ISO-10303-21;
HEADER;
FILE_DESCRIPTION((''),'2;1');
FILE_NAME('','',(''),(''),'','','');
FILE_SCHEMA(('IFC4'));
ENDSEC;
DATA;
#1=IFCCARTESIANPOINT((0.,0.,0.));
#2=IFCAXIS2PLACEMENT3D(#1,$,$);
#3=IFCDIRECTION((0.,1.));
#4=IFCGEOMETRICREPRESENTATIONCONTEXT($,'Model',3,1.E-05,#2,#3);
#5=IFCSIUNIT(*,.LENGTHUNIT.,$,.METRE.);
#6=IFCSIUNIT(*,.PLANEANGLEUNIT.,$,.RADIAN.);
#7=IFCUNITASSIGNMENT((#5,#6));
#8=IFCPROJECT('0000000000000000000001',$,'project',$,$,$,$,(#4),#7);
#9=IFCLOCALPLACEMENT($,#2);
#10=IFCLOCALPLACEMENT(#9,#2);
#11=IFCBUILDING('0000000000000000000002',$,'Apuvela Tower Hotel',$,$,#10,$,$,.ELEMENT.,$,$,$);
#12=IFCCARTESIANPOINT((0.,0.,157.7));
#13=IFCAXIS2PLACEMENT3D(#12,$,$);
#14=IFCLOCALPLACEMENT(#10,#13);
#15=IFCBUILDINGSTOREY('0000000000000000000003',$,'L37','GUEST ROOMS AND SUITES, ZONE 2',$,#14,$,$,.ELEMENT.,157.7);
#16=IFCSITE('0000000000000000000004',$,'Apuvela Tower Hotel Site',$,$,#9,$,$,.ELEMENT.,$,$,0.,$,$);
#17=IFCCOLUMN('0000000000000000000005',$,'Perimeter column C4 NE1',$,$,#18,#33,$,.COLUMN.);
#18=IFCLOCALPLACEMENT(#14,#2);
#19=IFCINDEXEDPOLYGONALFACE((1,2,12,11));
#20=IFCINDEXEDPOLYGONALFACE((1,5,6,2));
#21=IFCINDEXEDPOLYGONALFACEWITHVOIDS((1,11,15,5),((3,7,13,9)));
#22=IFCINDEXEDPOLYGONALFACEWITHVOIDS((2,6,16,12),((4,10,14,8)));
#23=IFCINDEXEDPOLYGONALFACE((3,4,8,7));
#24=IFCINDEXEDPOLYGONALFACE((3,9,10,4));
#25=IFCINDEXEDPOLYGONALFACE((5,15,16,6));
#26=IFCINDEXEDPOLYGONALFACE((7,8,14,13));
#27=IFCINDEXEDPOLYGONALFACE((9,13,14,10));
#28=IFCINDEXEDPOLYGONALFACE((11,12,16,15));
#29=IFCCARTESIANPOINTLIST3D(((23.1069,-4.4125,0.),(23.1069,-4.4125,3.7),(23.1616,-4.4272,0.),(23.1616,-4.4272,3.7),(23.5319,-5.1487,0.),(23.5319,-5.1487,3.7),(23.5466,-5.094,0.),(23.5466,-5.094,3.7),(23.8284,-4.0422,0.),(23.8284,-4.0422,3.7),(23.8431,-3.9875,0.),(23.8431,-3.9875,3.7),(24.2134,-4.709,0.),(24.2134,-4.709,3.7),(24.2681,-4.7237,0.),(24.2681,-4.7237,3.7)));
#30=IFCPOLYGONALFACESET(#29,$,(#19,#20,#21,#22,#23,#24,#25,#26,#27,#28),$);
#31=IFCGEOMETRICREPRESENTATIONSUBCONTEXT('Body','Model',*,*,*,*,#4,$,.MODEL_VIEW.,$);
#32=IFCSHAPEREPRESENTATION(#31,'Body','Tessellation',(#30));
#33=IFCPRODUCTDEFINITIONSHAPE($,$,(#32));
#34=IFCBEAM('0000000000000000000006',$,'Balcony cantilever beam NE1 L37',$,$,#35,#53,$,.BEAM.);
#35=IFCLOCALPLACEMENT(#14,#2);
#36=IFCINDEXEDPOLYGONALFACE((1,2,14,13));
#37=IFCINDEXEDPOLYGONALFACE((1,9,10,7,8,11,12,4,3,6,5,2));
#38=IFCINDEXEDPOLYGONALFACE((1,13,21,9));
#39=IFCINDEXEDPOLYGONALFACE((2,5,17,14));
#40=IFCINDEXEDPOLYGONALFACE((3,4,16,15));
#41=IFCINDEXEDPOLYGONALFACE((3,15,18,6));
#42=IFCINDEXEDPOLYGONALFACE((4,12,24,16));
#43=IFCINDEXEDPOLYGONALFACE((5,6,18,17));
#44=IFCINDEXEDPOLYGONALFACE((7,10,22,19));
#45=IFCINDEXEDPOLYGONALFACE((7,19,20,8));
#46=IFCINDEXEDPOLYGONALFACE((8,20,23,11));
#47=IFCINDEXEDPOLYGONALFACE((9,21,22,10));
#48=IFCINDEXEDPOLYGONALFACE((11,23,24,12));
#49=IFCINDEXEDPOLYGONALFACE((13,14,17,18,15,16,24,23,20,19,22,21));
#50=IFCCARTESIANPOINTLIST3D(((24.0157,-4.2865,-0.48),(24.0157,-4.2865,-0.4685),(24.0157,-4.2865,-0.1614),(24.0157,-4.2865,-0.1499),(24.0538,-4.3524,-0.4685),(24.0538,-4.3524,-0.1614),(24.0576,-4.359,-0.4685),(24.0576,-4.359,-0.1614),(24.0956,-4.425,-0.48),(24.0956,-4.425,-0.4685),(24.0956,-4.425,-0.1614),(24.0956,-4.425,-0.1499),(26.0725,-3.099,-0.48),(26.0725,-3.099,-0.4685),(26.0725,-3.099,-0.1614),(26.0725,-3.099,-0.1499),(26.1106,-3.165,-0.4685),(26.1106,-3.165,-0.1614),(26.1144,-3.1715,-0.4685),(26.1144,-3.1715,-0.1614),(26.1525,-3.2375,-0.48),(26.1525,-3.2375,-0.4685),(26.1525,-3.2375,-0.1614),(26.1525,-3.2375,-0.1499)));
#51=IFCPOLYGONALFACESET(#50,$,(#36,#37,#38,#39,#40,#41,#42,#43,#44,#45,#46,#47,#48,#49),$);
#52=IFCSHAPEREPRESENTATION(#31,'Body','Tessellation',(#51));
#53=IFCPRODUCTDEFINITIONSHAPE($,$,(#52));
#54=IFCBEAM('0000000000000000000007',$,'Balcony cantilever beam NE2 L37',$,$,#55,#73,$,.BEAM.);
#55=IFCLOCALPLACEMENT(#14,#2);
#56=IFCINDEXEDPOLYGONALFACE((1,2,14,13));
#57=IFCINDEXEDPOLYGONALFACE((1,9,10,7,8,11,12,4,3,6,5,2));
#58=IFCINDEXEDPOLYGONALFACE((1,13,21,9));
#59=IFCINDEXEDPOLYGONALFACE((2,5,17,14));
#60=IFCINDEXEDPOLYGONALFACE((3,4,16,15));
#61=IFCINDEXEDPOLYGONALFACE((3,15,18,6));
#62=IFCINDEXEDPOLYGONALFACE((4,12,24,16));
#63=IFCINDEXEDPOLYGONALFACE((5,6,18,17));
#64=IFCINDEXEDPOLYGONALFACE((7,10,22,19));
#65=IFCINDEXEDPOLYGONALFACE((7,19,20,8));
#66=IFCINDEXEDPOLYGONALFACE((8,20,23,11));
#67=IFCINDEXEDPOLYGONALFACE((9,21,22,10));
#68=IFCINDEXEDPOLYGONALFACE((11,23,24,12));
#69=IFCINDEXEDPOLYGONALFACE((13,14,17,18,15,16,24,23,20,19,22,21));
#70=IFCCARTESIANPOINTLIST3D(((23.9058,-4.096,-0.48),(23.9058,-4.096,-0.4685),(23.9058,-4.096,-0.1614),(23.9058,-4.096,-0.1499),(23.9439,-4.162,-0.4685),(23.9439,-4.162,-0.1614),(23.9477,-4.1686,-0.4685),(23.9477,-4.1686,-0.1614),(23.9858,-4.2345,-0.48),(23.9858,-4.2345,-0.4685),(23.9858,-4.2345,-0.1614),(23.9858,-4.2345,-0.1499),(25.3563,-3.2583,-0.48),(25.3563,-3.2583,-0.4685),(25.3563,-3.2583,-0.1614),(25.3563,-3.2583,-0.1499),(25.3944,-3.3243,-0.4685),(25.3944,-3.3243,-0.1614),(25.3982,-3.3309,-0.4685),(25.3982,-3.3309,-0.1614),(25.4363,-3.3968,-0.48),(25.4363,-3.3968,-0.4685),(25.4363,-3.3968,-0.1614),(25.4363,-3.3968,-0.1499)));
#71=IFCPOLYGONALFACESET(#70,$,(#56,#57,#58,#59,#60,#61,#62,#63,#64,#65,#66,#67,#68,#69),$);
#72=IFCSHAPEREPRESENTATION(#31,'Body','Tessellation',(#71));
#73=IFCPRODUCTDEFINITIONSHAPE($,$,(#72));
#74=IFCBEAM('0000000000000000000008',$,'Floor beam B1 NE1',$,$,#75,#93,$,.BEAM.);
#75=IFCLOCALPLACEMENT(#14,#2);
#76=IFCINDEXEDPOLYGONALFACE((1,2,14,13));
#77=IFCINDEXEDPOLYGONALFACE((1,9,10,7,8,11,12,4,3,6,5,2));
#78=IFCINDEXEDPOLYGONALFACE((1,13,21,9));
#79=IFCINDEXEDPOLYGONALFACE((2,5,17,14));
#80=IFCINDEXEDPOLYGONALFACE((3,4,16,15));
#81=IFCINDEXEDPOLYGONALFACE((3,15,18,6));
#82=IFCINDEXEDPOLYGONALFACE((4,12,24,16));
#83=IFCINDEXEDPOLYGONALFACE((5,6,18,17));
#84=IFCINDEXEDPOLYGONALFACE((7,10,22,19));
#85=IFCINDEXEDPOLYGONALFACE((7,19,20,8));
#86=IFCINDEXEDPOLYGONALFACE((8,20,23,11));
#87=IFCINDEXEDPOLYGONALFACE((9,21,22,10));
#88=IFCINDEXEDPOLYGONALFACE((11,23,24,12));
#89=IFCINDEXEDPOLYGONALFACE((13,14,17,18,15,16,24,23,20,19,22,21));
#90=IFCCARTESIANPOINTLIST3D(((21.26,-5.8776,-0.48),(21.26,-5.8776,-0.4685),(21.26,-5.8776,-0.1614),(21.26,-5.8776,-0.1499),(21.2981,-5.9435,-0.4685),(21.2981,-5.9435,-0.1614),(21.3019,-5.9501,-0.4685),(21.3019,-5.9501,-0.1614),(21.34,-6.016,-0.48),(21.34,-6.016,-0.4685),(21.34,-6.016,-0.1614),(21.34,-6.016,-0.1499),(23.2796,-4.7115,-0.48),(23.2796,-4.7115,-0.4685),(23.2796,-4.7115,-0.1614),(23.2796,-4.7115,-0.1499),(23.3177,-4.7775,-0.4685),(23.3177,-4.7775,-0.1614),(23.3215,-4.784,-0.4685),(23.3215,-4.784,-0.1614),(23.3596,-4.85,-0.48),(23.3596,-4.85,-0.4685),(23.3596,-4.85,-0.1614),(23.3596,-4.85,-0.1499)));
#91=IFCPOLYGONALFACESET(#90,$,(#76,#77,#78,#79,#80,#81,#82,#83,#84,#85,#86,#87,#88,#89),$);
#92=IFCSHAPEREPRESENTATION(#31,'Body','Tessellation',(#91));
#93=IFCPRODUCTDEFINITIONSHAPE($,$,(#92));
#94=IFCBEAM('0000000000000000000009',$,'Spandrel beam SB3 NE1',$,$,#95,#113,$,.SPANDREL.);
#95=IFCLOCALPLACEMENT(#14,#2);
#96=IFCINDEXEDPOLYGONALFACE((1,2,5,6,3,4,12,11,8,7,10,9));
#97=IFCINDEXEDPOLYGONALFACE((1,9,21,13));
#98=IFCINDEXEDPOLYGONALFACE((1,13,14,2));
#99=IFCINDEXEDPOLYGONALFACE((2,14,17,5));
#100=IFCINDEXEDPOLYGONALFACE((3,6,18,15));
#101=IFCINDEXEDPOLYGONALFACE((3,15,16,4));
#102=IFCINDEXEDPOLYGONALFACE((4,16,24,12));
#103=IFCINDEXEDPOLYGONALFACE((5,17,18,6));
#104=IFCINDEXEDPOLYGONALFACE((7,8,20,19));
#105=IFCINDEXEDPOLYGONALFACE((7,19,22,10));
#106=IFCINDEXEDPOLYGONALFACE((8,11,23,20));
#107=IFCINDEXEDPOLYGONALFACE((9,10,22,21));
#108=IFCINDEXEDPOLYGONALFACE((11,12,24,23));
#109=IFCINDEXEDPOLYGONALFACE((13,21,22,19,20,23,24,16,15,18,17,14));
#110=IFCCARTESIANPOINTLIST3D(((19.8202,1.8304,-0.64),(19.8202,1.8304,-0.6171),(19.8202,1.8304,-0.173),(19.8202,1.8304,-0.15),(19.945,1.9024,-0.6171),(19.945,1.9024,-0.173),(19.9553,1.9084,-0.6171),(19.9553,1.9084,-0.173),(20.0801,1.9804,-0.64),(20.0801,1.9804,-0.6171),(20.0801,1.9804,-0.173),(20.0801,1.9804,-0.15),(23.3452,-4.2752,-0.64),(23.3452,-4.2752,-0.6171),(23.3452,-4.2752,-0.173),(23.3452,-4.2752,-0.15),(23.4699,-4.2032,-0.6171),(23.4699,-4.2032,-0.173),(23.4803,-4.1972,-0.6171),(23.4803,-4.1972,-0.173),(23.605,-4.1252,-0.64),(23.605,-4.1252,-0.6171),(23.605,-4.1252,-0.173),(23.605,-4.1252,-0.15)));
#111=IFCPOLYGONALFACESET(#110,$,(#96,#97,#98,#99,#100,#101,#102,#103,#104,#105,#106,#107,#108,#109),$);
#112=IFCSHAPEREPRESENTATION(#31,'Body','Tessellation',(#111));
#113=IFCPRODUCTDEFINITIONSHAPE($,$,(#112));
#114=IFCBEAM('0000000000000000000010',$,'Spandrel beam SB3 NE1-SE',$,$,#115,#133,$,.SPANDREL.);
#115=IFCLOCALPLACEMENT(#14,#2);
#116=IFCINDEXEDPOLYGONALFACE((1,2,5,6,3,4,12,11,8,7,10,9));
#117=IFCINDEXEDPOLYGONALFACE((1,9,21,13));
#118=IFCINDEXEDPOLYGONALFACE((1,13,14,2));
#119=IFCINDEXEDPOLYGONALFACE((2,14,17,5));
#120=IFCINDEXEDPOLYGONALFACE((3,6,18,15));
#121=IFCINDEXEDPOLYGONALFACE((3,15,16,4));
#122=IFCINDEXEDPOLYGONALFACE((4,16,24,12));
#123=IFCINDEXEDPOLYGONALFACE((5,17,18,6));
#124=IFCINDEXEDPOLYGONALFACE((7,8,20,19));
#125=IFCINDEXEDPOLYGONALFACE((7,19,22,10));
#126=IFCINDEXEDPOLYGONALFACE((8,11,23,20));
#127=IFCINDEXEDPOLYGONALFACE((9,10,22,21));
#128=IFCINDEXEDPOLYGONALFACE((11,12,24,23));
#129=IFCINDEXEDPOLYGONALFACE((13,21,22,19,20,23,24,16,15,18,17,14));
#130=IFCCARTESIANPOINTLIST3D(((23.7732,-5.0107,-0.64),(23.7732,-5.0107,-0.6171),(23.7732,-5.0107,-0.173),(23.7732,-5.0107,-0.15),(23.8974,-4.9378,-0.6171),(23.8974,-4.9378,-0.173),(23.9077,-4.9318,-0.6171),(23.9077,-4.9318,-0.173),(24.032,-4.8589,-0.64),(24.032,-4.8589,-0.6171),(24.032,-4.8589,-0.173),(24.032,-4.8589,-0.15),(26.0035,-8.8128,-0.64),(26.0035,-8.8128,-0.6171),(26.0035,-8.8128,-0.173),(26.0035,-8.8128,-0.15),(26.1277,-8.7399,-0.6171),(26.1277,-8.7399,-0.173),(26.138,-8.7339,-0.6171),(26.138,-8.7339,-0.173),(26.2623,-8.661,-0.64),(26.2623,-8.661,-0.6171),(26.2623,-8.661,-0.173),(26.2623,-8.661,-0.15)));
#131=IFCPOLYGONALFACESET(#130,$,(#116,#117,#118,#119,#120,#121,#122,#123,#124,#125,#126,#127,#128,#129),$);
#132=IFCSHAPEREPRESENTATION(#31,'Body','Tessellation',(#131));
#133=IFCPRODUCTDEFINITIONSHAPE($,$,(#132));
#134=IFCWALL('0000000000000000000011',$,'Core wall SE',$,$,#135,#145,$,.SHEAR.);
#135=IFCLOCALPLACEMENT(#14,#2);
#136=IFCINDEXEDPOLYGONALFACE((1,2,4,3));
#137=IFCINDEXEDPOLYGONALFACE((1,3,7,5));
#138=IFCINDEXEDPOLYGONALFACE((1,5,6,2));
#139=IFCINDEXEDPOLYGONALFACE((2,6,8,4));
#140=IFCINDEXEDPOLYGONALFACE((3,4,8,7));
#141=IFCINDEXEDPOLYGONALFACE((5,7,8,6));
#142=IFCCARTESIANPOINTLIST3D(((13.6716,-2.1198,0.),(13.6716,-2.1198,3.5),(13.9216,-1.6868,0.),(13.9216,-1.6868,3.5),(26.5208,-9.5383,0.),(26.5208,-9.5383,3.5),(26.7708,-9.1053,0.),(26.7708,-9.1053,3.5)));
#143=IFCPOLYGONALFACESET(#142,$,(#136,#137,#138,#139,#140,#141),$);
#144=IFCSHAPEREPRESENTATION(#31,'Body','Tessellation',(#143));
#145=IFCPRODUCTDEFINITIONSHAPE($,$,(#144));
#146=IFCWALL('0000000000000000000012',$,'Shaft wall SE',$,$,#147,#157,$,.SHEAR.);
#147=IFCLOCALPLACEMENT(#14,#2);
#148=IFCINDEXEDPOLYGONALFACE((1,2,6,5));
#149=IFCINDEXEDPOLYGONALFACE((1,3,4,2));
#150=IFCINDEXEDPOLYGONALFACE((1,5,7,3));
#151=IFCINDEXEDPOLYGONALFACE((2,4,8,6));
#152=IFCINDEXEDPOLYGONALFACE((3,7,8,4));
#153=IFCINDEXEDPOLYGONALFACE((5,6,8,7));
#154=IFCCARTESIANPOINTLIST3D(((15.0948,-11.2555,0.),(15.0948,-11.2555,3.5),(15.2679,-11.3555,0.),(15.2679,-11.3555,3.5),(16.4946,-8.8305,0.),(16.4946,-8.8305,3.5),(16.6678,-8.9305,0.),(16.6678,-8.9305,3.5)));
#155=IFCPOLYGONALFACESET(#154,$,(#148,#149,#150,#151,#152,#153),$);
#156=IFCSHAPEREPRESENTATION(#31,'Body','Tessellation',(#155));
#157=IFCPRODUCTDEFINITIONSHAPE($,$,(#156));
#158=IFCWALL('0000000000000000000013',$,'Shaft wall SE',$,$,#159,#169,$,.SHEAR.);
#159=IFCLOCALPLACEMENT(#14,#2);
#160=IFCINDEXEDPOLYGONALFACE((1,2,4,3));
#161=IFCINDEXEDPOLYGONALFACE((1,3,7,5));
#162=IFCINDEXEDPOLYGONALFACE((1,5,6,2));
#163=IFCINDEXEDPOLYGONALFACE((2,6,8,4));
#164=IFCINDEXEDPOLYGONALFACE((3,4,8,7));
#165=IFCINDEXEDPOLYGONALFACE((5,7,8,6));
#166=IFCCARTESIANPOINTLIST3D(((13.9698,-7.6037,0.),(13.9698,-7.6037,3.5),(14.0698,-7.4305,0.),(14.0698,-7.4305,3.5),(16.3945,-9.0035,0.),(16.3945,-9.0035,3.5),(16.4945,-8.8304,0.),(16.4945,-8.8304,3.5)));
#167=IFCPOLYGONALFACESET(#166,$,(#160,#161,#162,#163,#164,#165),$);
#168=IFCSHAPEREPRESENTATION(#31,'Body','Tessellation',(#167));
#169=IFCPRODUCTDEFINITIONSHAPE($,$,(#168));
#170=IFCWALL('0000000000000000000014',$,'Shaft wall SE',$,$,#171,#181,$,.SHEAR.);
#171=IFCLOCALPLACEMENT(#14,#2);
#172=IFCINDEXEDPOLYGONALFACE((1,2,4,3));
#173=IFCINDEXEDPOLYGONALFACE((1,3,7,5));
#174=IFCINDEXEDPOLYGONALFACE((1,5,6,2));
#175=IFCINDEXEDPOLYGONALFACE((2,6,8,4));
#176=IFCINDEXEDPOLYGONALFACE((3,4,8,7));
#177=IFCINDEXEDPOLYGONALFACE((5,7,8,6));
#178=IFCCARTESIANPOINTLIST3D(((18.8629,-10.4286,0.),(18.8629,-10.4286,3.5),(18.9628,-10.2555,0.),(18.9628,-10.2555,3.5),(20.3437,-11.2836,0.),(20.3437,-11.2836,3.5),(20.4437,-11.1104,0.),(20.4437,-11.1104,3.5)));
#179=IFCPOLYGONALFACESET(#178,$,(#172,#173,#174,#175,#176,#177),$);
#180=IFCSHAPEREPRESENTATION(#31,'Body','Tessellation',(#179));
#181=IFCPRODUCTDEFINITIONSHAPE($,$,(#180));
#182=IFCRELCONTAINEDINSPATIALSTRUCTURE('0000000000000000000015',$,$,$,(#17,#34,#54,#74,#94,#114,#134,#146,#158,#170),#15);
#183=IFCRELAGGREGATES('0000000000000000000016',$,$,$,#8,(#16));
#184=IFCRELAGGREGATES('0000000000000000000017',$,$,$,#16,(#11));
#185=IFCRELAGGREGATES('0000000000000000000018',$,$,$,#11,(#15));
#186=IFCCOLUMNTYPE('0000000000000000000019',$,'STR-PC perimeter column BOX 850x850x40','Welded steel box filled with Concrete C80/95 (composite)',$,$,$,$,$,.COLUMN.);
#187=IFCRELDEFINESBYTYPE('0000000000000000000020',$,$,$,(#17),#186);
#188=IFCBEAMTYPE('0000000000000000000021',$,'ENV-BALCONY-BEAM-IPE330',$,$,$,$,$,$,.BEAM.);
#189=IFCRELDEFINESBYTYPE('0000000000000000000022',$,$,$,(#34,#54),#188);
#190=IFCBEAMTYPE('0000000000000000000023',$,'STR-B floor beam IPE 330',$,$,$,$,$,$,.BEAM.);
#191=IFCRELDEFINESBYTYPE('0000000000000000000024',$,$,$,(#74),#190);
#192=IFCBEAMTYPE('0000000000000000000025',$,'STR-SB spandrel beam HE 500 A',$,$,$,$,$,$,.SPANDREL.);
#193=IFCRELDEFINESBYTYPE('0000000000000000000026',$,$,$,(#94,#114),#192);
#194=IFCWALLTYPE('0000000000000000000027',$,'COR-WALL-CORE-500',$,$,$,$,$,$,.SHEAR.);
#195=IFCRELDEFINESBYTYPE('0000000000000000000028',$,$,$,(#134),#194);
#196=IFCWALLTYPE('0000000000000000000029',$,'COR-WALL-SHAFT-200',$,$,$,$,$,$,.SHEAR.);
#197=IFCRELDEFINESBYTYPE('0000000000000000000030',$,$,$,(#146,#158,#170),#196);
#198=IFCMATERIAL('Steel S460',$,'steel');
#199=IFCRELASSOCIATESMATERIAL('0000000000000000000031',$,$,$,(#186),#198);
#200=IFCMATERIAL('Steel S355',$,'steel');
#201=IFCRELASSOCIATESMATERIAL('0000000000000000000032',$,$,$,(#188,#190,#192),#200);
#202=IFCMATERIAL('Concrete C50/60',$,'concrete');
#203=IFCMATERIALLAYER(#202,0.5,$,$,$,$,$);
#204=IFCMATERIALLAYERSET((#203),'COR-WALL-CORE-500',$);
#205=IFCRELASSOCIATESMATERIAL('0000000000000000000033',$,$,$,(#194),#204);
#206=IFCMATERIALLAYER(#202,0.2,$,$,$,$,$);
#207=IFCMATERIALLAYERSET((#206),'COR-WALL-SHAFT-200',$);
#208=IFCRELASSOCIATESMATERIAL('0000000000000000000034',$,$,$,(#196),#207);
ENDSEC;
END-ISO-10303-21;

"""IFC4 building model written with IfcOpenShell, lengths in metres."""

from ifc_helpers import new_model, si_unit, direction, frame, frame_2d, origin, origin_2d, place, context, subcontext, project, spatial, rectangle, hollow_rectangle, i_section, extrude, material, layer, layer_set, material_profile, profile_set, type_object, element, save


model = new_model("IFC4")

# Units and contexts
model_context = context("Model", 3, precision=1e-05, world=origin(), true_north=direction((0.0, 1.0)))
body_context = subcontext(model_context, "Body", "Model", "MODEL_VIEW")
ifc_project = project(units=[si_unit("LENGTHUNIT", "METRE"), si_unit("PLANEANGLEUNIT", "RADIAN")], contexts=[model_context])

# Site, building, storey
site_placement = place(None, origin())
site = spatial("IfcSite", under=ifc_project, at=site_placement, Name="Apuvela Tower Hotel Site", CompositionType="ELEMENT", RefElevation=0.0)
building_placement = place(site_placement, origin())
building = spatial("IfcBuilding", under=site, at=building_placement, Name="Apuvela Tower Hotel", CompositionType="ELEMENT")
storey_placement = place(building_placement, frame((0.0, 0.0, 157.7)))
storey = spatial("IfcBuildingStorey", under=building, at=storey_placement, Name="L37", Description="GUEST ROOMS AND SUITES, ZONE 2", CompositionType="ELEMENT", Elevation=157.7)

# Column
ifc_material_1 = material(Name="Steel S460", Category="steel")
ifc_material_profile_1 = material_profile(ifc_material_1, hollow_rectangle(XDim=0.8501, YDim=0.8501, WallThickness=0.04, at=origin_2d()), Name="BOX 850x850x40")
ifc_material_2 = material(Name="Concrete C80/95", Category="concrete")
ifc_material_profile_2 = material_profile(ifc_material_2, rectangle(XDim=0.77, YDim=0.77, at=origin_2d()), Name="Concrete C80/95 infill")
ifc_profile_set_1 = profile_set([ifc_material_profile_1, ifc_material_profile_2], Name="Steel S460")
column_type = type_object("IfcColumnType", Name="STR-PC perimeter column BOX 850x850x40", Description="Welded steel box filled with Concrete C80/95 (composite)", PredefinedType="COLUMN", material=ifc_profile_set_1)
column_placement = place(storey_placement, frame((23.6875, -4.5681, 0.0), z_axis=(0.0, 0.0, 1.0), x_axis=(-0.5, 0.866025, 0.0)))
element("IfcColumn", 1, at=column_placement, inside=storey, type_object=column_type, Name="Perimeter column C4 NE1", PredefinedType="COLUMN", context=body_context, shape_type="SweptSolid", body=[
    extrude(hollow_rectangle(XDim=0.8501, YDim=0.8501, WallThickness=0.04, at=origin_2d()), origin(), (0.0, 0.0, 1.0), 3.7),
])

# Beams
ifc_material_3 = material(Name="Steel S355", Category="steel")
ifc_material_profile_3 = material_profile(ifc_material_3, i_section(OverallWidth=0.1599, OverallDepth=0.3301, WebThickness=0.0076, FlangeThickness=0.0115, at=origin_2d()), Name="IPE 330")
ifc_profile_set_2 = profile_set([ifc_material_profile_3], Name="Steel S355")
beam_type_1 = type_object("IfcBeamType", Name="ENV-BALCONY-BEAM-IPE330", PredefinedType="BEAM", material=ifc_profile_set_2)
beam_1_placement = place(storey_placement, frame((24.0557, -4.3557, -0.3149), z_axis=(0.866033, 0.499986, 0.0), x_axis=(-0.499986, 0.866033, 0.0)))
element("IfcBeam", 2, at=beam_1_placement, inside=storey, type_object=beam_type_1, Name="Balcony cantilever beam NE1 L37", PredefinedType="BEAM", context=body_context, shape_type="SweptSolid", body=[
    extrude(i_section(OverallWidth=0.1599, OverallDepth=0.3301, WebThickness=0.0076, FlangeThickness=0.0115, at=origin_2d()), origin(), (0.0, 0.0, 1.0), 2.375),
])
beam_2_placement = place(storey_placement, frame((23.9458, -4.1653, -0.3149), z_axis=(0.865965, 0.500105, 0.0), x_axis=(-0.500105, 0.865965, 0.0)))
element("IfcBeam", 3, at=beam_2_placement, inside=storey, type_object=beam_type_1, Name="Balcony cantilever beam NE2 L37", PredefinedType="BEAM", context=body_context, shape_type="SweptSolid", body=[
    extrude(i_section(OverallWidth=0.1599, OverallDepth=0.3301, WebThickness=0.0076, FlangeThickness=0.0115, at=origin_2d()), origin(), (0.0, 0.0, 1.0), 1.675),
])
ifc_material_profile_4 = material_profile(ifc_material_3, i_section(OverallWidth=0.1599, OverallDepth=0.3301, WebThickness=0.0076, FlangeThickness=0.0115, at=origin_2d()), Name="IPE 330")
ifc_profile_set_3 = profile_set([ifc_material_profile_4], Name="Steel S355")
beam_type_2 = type_object("IfcBeamType", Name="STR-B floor beam IPE 330", PredefinedType="BEAM", material=ifc_profile_set_3)
beam_3_placement = place(storey_placement, frame((23.3196, -4.7808, -0.3149), z_axis=(-0.866018, -0.500012, 0.0), x_axis=(0.500012, -0.866018, 0.0)))
element("IfcBeam", 4, at=beam_3_placement, inside=storey, type_object=beam_type_2, Name="Floor beam B1 NE1", PredefinedType="BEAM", context=body_context, shape_type="SweptSolid", body=[
    extrude(i_section(OverallWidth=0.1599, OverallDepth=0.3301, WebThickness=0.0076, FlangeThickness=0.0115, at=origin_2d()), origin(), (0.0, 0.0, 1.0), 2.332),
])
ifc_material_profile_5 = material_profile(ifc_material_3, i_section(OverallWidth=0.3, OverallDepth=0.49, WebThickness=0.012, FlangeThickness=0.0229, at=origin_2d()), Name="HE 500 A")
ifc_profile_set_4 = profile_set([ifc_material_profile_5], Name="Steel S355")
beam_type_3 = type_object("IfcBeamType", Name="STR-SB spandrel beam HE 500 A", PredefinedType="SPANDREL", material=ifc_profile_set_4)
beam_4_placement = place(storey_placement, frame((23.4751, -4.2002, -0.395), z_axis=(-0.49999, 0.866031, 0.0), x_axis=(-0.866031, -0.49999, 0.0)))
element("IfcBeam", 5, at=beam_4_placement, inside=storey, type_object=beam_type_3, Name="Spandrel beam SB3 NE1", PredefinedType="SPANDREL", context=body_context, shape_type="SweptSolid", body=[
    extrude(i_section(OverallWidth=0.3, OverallDepth=0.49, WebThickness=0.012, FlangeThickness=0.0229, at=origin_2d()), origin(), (0.0, 0.0, 1.0), 7.05),
])
beam_5_placement = place(storey_placement, frame((23.9026, -4.9348, -0.395), z_axis=(0.505967, -0.862553, 0.0), x_axis=(0.862553, 0.505967, 0.0)))
element("IfcBeam", 6, at=beam_5_placement, inside=storey, type_object=beam_type_3, Name="Spandrel beam SB3 NE1-SE", PredefinedType="SPANDREL", context=body_context, shape_type="SweptSolid", body=[
    extrude(i_section(OverallWidth=0.3, OverallDepth=0.49, WebThickness=0.012, FlangeThickness=0.0229, at=origin_2d()), origin(), (0.0, 0.0, 1.0), 4.408),
])

# Walls
ifc_material_4 = material(Name="Concrete C50/60", Category="concrete")
ifc_layer_1 = layer(ifc_material_4, 0.5)
ifc_layer_set_1 = layer_set([ifc_layer_1], Name="COR-WALL-CORE-500")
wall_type_1 = type_object("IfcWallType", Name="COR-WALL-CORE-500", PredefinedType="SHEAR", material=ifc_layer_set_1)
wall_1_placement = place(storey_placement, frame((13.7966, -1.9033, 0.0), z_axis=(0.0, 0.0, 1.0), x_axis=(0.866025, -0.500001, 0.0)))
element("IfcWall", 7, at=wall_1_placement, inside=storey, type_object=wall_type_1, Name="Core wall SE", PredefinedType="SHEAR", context=body_context, shape_type="SweptSolid", body=[
    extrude(rectangle(XDim=14.8369, YDim=0.5, at=frame_2d((7.4185, 0.0))), origin(), (0.0, 0.0, 1.0), 3.5),
])
ifc_layer_2 = layer(ifc_material_4, 0.2)
ifc_layer_set_2 = layer_set([ifc_layer_2], Name="COR-WALL-SHAFT-200")
wall_type_2 = type_object("IfcWallType", Name="COR-WALL-SHAFT-200", PredefinedType="SHEAR", material=ifc_layer_set_2)
wall_2_placement = place(storey_placement, frame((15.1814, -11.3054, 0.0), z_axis=(0.0, 0.0, 1.0), x_axis=(0.499946, 0.866056, 0.0)))
element("IfcWall", 8, at=wall_2_placement, inside=storey, type_object=wall_type_2, Name="Shaft wall SE", PredefinedType="SHEAR", context=body_context, shape_type="SweptSolid", body=[
    extrude(rectangle(XDim=2.8, YDim=0.2, at=frame_2d((1.3999, 0.0))), origin(), (0.0, 0.0, 1.0), 3.5),
])
wall_3_placement = place(storey_placement, frame((14.0198, -7.5171, 0.0), z_axis=(0.0, 0.0, 1.0), x_axis=(0.866035, -0.499984, 0.0)))
element("IfcWall", 9, at=wall_3_placement, inside=storey, type_object=wall_type_2, Name="Shaft wall SE", PredefinedType="SHEAR", context=body_context, shape_type="SweptSolid", body=[
    extrude(rectangle(XDim=2.7998, YDim=0.2, at=frame_2d((1.3999, 0.0))), origin(), (0.0, 0.0, 1.0), 3.5),
])
wall_4_placement = place(storey_placement, frame((18.9128, -10.342, 0.0), z_axis=(0.0, 0.0, 1.0), x_axis=(0.866038, -0.499978, 0.0)))
element("IfcWall", 10, at=wall_4_placement, inside=storey, type_object=wall_type_2, Name="Shaft wall SE", PredefinedType="SHEAR", context=body_context, shape_type="SweptSolid", body=[
    extrude(rectangle(XDim=1.71, YDim=0.2, at=frame_2d((0.855, 0.0))), origin(), (0.0, 0.0, 1.0), 3.5),
])

save(model, "model.ifc")
